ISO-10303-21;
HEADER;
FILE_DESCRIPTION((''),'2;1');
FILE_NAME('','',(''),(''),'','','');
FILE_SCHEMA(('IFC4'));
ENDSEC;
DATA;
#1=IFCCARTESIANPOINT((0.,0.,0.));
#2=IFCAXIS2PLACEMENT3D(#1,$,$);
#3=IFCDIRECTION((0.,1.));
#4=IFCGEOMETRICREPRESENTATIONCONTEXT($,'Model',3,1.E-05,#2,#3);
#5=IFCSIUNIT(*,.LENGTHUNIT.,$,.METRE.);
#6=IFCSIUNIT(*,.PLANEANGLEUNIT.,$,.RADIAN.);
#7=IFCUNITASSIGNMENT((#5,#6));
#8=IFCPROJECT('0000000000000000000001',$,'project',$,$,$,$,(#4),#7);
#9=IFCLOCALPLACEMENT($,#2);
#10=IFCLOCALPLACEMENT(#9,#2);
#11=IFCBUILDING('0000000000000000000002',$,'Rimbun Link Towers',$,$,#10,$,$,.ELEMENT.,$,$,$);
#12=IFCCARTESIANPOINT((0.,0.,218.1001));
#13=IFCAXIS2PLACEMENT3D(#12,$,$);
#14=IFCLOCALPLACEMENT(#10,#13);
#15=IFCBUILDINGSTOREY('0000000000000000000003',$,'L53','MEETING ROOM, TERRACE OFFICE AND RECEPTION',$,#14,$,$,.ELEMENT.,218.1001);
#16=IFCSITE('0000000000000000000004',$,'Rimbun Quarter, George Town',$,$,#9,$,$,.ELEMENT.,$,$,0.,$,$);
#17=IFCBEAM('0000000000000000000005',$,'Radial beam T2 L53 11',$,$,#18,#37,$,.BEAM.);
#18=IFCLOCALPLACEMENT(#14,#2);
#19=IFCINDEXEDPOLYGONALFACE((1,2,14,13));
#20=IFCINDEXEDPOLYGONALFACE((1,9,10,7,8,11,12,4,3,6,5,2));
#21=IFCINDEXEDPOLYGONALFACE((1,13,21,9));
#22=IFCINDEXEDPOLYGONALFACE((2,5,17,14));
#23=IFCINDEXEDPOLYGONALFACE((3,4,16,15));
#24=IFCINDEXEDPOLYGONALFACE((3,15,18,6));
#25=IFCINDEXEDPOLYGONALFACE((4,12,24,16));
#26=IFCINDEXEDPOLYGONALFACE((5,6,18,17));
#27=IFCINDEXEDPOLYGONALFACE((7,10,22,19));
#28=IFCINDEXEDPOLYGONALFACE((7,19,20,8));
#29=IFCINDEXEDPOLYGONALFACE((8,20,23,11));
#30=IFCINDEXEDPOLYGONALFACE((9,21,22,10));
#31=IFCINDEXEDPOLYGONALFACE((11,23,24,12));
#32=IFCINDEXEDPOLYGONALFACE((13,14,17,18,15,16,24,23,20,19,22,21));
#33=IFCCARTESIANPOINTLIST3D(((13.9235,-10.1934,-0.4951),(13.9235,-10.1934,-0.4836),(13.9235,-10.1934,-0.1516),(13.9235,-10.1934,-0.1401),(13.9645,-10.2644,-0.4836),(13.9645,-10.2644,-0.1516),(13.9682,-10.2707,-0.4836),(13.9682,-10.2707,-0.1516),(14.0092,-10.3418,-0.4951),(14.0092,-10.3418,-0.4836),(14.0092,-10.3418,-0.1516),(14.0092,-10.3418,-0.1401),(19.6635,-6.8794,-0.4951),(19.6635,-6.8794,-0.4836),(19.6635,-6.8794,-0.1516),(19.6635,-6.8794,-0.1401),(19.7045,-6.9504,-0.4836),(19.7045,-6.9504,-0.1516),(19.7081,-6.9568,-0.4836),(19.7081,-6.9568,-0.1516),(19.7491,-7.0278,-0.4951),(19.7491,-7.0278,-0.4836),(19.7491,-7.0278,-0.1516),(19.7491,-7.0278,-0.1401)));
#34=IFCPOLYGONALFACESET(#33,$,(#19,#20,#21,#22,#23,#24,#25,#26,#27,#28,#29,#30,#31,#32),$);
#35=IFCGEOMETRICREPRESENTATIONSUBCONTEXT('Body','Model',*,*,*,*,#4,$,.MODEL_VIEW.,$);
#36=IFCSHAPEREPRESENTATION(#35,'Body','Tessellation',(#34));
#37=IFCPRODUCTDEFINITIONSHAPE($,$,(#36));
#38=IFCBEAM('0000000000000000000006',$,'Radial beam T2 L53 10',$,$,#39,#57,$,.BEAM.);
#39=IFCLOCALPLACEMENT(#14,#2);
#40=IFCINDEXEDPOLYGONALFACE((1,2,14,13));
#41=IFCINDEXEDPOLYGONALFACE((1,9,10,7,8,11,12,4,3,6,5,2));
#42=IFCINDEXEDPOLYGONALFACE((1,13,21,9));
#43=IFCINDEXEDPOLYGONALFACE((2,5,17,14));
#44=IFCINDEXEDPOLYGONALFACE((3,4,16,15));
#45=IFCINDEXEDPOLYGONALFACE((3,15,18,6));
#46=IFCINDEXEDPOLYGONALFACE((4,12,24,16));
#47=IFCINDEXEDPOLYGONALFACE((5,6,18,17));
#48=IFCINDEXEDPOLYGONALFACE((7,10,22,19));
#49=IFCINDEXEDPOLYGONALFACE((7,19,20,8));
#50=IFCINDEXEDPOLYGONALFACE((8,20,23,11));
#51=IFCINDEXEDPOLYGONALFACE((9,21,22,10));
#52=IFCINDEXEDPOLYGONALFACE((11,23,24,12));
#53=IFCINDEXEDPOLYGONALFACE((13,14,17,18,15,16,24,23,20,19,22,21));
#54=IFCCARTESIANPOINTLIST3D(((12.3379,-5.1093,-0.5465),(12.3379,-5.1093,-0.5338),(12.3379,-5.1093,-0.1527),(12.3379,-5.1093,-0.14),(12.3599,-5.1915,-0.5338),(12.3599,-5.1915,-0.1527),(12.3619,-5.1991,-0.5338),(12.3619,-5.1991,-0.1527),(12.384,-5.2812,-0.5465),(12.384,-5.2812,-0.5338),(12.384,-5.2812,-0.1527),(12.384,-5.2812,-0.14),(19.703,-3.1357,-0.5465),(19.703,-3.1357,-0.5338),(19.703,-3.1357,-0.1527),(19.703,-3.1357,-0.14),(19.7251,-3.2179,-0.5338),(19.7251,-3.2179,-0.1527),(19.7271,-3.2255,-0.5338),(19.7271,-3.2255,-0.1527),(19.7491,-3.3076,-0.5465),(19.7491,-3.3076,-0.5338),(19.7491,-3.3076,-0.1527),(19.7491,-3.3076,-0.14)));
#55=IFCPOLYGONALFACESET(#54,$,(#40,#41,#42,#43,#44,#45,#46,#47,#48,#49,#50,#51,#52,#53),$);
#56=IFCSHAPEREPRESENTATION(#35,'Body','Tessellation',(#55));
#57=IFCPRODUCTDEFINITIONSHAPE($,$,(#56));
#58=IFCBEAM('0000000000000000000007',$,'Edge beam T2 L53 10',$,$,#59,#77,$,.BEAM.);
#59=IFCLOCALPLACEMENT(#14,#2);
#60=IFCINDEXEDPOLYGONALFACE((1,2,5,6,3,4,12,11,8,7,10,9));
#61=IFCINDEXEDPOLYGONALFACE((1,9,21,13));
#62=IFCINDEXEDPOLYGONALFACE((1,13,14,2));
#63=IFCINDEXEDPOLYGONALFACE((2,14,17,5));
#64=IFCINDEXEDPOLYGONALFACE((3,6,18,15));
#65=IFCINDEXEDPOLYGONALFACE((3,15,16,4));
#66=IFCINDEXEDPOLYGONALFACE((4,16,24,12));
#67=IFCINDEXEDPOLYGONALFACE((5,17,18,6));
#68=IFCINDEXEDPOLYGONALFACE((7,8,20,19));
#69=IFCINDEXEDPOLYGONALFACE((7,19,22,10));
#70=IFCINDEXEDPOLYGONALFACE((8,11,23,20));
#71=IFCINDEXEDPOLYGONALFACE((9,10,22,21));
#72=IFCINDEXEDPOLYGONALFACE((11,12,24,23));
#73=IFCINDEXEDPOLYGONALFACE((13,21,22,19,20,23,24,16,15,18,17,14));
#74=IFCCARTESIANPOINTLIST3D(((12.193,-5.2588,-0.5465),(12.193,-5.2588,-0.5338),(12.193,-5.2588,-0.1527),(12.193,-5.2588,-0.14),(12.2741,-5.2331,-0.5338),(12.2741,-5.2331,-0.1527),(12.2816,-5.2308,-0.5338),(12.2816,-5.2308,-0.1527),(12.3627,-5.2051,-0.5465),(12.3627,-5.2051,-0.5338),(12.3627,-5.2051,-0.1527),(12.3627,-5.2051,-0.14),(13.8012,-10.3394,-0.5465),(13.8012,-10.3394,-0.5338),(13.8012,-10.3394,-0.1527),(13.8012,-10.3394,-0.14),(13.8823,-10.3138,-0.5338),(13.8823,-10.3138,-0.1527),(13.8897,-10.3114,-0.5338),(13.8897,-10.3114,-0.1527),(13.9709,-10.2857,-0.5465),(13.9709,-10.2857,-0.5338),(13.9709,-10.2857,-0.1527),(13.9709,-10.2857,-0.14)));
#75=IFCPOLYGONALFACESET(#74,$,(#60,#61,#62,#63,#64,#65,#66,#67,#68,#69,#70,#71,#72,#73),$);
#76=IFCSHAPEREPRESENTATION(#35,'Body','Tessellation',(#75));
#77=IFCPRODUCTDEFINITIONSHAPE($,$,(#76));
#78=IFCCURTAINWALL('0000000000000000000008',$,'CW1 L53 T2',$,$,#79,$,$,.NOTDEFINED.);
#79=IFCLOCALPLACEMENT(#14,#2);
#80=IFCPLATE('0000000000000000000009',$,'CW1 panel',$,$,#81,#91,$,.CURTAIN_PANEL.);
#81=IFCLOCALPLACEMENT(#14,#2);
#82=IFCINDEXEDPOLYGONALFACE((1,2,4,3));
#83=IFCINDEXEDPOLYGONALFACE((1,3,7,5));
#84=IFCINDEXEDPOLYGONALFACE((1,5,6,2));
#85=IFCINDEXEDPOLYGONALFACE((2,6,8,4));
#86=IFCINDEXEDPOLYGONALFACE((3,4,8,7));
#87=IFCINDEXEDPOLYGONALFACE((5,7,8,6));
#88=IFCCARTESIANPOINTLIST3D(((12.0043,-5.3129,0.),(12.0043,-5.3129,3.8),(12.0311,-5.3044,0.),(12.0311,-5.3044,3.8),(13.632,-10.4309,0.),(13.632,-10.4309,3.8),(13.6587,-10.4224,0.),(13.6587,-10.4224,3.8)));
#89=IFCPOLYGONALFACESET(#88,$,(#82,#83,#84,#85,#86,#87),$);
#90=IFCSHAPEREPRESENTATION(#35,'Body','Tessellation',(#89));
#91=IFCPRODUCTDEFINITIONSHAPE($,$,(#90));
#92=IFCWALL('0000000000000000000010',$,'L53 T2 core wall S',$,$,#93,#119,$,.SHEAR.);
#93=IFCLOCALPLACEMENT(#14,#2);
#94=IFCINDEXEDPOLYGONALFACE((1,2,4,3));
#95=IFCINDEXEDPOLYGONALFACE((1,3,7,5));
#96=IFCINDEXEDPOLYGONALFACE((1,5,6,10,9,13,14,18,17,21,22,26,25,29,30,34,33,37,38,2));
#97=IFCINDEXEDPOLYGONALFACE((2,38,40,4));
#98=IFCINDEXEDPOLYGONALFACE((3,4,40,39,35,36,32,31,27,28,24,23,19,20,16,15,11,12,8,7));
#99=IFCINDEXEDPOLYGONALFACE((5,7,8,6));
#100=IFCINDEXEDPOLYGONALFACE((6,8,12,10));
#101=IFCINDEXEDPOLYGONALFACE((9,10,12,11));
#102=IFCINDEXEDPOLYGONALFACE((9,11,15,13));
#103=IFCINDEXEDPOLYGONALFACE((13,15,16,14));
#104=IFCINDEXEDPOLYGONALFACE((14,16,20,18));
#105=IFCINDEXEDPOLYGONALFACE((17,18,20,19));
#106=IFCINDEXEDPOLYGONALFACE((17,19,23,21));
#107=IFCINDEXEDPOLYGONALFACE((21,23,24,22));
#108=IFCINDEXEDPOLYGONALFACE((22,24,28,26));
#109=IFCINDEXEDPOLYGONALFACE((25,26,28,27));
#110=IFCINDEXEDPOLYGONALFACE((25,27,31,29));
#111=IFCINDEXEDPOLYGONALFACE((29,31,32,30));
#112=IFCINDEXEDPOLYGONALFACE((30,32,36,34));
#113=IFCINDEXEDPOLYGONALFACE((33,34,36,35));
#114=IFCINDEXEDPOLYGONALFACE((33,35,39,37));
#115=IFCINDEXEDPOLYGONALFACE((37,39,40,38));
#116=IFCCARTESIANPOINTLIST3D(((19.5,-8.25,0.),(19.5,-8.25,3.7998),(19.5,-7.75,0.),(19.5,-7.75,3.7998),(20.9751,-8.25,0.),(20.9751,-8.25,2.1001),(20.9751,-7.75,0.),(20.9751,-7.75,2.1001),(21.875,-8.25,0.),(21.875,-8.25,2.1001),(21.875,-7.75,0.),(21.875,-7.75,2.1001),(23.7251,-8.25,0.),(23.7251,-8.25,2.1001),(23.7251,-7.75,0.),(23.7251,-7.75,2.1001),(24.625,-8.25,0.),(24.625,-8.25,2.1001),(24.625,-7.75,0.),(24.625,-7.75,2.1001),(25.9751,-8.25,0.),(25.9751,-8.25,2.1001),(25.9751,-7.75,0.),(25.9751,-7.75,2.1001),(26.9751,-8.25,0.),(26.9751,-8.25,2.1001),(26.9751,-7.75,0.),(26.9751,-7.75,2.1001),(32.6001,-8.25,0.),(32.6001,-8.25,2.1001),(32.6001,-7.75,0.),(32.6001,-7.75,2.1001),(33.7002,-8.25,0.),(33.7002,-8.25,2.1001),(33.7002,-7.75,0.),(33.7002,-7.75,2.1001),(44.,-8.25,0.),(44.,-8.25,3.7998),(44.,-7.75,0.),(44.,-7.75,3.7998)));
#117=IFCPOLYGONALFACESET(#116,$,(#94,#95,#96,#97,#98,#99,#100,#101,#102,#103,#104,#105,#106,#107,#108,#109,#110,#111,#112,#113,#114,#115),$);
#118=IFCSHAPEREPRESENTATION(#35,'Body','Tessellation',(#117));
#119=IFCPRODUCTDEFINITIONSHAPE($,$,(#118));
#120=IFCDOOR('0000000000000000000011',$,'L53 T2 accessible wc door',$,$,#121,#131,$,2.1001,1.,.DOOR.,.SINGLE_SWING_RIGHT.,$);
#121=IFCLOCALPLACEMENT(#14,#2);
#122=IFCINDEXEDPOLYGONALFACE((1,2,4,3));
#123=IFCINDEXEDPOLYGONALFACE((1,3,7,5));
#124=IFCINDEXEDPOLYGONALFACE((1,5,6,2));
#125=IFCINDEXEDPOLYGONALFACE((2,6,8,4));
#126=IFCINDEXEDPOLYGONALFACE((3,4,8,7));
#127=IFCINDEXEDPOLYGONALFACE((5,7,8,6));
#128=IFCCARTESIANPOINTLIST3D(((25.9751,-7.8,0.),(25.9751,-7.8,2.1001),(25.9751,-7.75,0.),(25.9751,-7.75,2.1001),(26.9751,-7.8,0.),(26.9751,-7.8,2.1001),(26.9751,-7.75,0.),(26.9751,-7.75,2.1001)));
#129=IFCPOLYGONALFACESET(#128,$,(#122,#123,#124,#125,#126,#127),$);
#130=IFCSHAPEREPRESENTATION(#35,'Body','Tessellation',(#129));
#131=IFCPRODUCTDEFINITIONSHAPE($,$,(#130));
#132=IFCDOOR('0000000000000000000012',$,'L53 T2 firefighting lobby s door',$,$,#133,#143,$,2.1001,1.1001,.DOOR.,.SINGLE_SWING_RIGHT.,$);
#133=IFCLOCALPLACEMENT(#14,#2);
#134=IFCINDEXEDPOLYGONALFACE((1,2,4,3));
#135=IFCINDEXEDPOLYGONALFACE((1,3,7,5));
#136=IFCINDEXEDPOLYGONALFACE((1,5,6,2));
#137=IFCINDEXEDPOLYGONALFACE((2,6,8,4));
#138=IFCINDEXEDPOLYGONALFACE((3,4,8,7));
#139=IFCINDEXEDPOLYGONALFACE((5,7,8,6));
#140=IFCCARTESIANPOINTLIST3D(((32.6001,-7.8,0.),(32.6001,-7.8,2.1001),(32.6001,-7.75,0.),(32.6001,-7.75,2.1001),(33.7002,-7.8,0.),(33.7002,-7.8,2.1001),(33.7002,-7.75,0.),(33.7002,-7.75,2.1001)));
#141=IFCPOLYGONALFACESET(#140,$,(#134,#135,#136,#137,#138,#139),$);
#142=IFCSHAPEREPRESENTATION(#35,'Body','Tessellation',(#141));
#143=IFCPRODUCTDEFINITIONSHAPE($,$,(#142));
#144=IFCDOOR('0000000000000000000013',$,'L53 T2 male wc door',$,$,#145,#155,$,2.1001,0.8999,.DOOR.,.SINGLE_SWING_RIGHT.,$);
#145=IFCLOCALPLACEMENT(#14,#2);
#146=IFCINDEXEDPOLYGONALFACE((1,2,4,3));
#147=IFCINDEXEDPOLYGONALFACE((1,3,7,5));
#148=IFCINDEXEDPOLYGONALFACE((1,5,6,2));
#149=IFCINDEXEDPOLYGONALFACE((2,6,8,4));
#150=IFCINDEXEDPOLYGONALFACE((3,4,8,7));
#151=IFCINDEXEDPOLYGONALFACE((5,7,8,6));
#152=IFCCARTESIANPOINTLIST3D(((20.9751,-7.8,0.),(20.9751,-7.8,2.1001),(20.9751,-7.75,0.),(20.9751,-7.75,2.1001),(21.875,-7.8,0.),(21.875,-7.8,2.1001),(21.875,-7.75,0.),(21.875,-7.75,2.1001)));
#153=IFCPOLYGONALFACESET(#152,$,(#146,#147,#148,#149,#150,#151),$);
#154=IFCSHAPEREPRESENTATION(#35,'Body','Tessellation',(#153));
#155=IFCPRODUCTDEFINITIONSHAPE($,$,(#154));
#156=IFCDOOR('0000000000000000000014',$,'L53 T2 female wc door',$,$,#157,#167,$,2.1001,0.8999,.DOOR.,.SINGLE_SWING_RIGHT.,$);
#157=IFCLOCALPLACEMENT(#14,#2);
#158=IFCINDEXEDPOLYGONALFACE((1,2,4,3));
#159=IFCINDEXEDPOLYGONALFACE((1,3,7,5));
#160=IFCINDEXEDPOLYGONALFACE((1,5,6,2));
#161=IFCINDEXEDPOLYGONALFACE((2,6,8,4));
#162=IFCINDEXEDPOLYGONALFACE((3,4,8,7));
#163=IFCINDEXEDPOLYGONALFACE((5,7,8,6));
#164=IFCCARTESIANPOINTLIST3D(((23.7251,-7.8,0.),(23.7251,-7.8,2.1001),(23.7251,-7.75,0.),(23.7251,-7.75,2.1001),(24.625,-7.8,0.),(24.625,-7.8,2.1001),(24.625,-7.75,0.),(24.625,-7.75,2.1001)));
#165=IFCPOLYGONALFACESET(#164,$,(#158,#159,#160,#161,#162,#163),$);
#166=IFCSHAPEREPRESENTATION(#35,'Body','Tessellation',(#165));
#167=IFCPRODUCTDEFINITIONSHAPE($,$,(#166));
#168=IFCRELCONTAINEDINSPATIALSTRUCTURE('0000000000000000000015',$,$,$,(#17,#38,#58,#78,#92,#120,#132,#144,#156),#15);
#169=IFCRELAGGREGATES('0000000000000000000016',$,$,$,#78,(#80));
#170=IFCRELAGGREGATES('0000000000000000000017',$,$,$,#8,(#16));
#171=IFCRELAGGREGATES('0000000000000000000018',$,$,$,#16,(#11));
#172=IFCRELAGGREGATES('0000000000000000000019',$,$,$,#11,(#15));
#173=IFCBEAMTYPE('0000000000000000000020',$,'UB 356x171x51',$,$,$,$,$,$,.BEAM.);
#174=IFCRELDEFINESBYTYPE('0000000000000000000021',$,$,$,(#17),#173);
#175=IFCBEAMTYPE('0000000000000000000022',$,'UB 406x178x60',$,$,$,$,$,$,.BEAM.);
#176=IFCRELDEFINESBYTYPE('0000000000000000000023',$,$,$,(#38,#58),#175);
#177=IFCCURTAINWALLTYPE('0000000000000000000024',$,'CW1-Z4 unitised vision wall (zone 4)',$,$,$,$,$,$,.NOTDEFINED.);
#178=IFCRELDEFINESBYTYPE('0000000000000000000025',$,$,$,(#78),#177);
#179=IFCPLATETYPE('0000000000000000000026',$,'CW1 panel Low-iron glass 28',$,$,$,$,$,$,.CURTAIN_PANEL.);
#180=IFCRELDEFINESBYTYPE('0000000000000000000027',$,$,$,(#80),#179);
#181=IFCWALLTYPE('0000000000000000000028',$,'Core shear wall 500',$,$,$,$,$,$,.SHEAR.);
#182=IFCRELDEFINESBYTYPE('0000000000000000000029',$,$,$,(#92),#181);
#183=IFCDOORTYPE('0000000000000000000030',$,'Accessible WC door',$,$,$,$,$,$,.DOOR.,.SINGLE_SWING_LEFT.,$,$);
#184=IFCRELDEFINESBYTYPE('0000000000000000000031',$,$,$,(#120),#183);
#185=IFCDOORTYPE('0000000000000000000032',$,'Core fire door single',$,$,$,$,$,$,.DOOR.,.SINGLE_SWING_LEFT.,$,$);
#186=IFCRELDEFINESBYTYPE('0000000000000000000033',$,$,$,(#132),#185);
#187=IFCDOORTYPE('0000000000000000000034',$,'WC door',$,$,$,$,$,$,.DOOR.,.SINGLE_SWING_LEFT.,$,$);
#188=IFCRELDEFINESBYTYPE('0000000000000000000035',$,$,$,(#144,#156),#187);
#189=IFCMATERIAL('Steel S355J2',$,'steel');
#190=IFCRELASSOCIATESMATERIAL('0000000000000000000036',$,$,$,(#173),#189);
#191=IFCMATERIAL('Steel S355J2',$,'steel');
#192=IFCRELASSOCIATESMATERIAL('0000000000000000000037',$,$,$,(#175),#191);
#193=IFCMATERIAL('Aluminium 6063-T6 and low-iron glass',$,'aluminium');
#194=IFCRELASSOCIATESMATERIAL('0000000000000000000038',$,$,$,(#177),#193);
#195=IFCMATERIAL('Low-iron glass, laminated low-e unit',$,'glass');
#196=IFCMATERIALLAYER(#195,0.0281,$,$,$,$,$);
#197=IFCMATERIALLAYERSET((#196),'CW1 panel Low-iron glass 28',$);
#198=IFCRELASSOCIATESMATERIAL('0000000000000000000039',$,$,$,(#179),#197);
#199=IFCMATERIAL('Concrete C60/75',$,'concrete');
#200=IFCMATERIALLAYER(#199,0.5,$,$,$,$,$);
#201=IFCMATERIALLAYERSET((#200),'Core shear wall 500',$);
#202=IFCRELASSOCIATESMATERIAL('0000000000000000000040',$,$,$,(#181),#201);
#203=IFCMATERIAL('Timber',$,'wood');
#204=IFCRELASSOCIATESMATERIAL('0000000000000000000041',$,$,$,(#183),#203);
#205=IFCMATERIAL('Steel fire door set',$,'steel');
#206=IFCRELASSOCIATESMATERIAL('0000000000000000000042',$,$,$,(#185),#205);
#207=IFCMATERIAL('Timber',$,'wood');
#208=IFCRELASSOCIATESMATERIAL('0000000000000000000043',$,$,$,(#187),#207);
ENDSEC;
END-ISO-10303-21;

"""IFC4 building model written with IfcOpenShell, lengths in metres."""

from ifc_helpers import new_model, si_unit, direction, frame, frame_2d, origin, origin_2d, place, context, subcontext, project, spatial, rectangle, i_section, extrude, material, layer, layer_set, material_profile, profile_set, type_object, element, fill, aggregate, save


model = new_model("IFC4")

# Units and contexts
model_context = context("Model", 3, precision=1e-05, world=origin(), true_north=direction((0.0, 1.0)))
body_context = subcontext(model_context, "Body", "Model", "MODEL_VIEW")
ifc_project = project(units=[si_unit("LENGTHUNIT", "METRE"), si_unit("PLANEANGLEUNIT", "RADIAN")], contexts=[model_context])

# Site, building, storey
site_placement = place(None, origin())
site = spatial("IfcSite", under=ifc_project, at=site_placement, Name="Rimbun Quarter, George Town", CompositionType="ELEMENT", RefElevation=0.0)
building_placement = place(site_placement, origin())
building = spatial("IfcBuilding", under=site, at=building_placement, Name="Rimbun Link Towers", CompositionType="ELEMENT")
storey_placement = place(building_placement, frame((0.0, 0.0, 218.1001)))
storey = spatial("IfcBuildingStorey", under=building, at=storey_placement, Name="L53", Description="MEETING ROOM, TERRACE OFFICE AND RECEPTION", CompositionType="ELEMENT", Elevation=218.1001)

# Beams
ifc_material_1 = material(Name="Steel S355J2", Category="steel")
ifc_material_profile_1 = material_profile(ifc_material_1, i_section(OverallWidth=0.1714, OverallDepth=0.355, WebThickness=0.0073, FlangeThickness=0.0115, at=origin_2d()), Name="UB 356x171x51")
ifc_profile_set_1 = profile_set([ifc_material_profile_1], Name="Steel S355J2")
beam_type_1 = type_object("IfcBeamType", Name="UB 356x171x51", PredefinedType="BEAM", material=ifc_profile_set_1)
beam_1_placement = place(storey_placement, frame((19.7063, -6.9536, -0.3176), z_axis=(-0.866027, -0.499998, 0.0), x_axis=(0.499998, -0.866027, 0.0)))
element("IfcBeam", 1, at=beam_1_placement, inside=storey, type_object=beam_type_1, Name="Radial beam T2 L53 11", PredefinedType="BEAM", context=body_context, shape_type="SweptSolid", body=[
    extrude(i_section(OverallWidth=0.1714, OverallDepth=0.355, WebThickness=0.0073, FlangeThickness=0.0115, at=origin_2d()), origin(), (0.0, 0.0, 1.0), 6.6279),
])
ifc_material_2 = material(Name="Steel S355J2", Category="steel")
ifc_material_profile_2 = material_profile(ifc_material_2, i_section(OverallWidth=0.178, OverallDepth=0.4065, WebThickness=0.0078, FlangeThickness=0.0127, at=origin_2d()), Name="UB 406x178x60")
ifc_profile_set_2 = profile_set([ifc_material_profile_2], Name="Steel S355J2")
beam_type_2 = type_object("IfcBeamType", Name="UB 406x178x60", PredefinedType="BEAM", material=ifc_profile_set_2)
beam_2_placement = place(storey_placement, frame((19.7261, -3.2217, -0.3433), z_axis=(-0.965922, -0.258834, 0.0), x_axis=(0.258834, -0.965922, 0.0)))
element("IfcBeam", 2, at=beam_2_placement, inside=storey, type_object=beam_type_2, Name="Radial beam T2 L53 10", PredefinedType="BEAM", context=body_context, shape_type="SweptSolid", body=[
    extrude(i_section(OverallWidth=0.178, OverallDepth=0.4065, WebThickness=0.0078, FlangeThickness=0.0127, at=origin_2d()), origin(), (0.0, 0.0, 1.0), 7.625),
])
beam_3_placement = place(storey_placement, frame((12.2778, -5.2319, -0.3433), z_axis=(0.301774, -0.95338, 0.0), x_axis=(0.95338, 0.301774, 0.0)))
element("IfcBeam", 3, at=beam_3_placement, inside=storey, type_object=beam_type_2, Name="Edge beam T2 L53 10", PredefinedType="BEAM", context=body_context, shape_type="SweptSolid", body=[
    extrude(i_section(OverallWidth=0.178, OverallDepth=0.4065, WebThickness=0.0078, FlangeThickness=0.0127, at=origin_2d()), origin(), (0.0, 0.0, 1.0), 5.3291),
])

# Curtain wall, plate
ifc_material_3 = material(Name="Aluminium 6063-T6 and low-iron glass", Category="aluminium")
curtain_wall_type = type_object("IfcCurtainWallType", Name="CW1-Z4 unitised vision wall (zone 4)", PredefinedType="NOTDEFINED", material=ifc_material_3)
curtain_wall_placement = place(storey_placement, origin())
curtain_wall = element("IfcCurtainWall", 4, at=curtain_wall_placement, inside=storey, type_object=curtain_wall_type, Name="CW1 L53 T2", PredefinedType="NOTDEFINED")
ifc_material_4 = material(Name="Low-iron glass, laminated low-e unit", Category="glass")
ifc_layer_1 = layer(ifc_material_4, 0.0281)
ifc_layer_set_1 = layer_set([ifc_layer_1], Name="CW1 panel Low-iron glass 28")
plate_type = type_object("IfcPlateType", Name="CW1 panel Low-iron glass 28", PredefinedType="CURTAIN_PANEL", material=ifc_layer_set_1)
plate_placement = place(storey_placement, frame((12.8315, -7.8677, 0.0), z_axis=(0.0, 0.0, 1.0), x_axis=(-0.303068, 0.952969, 0.0)))
plate = element("IfcPlate", 5, at=plate_placement, type_object=plate_type, Name="CW1 panel", PredefinedType="CURTAIN_PANEL", context=body_context, shape_type="SweptSolid", body=[
    extrude(rectangle(XDim=5.3706, YDim=0.0281, at=origin_2d()), origin(), (0.0, 0.0, 1.0), 3.8),
])
aggregate(curtain_wall, [plate])

# Wall, openings, doors
ifc_material_5 = material(Name="Concrete C60/75", Category="concrete")
ifc_layer_2 = layer(ifc_material_5, 0.5)
ifc_layer_set_2 = layer_set([ifc_layer_2], Name="Core shear wall 500")
wall_type_1 = type_object("IfcWallType", Name="Core shear wall 500", PredefinedType="SHEAR", material=ifc_layer_set_2)
wall_1_placement = place(storey_placement, frame((19.5, -8.0, 0.0), z_axis=(0.0, 0.0, 1.0), x_axis=(1.0, 0.0, 0.0)))
wall_1 = element("IfcWall", 6, at=wall_1_placement, inside=storey, type_object=wall_type_1, Name="L53 T2 core wall S", PredefinedType="SHEAR", context=body_context, shape_type="SweptSolid", body=[
    extrude(rectangle(XDim=24.5, YDim=0.5, at=frame_2d((12.25, 0.0))), origin(), (0.0, 0.0, 1.0), 3.7998),
])
opening_1_placement = place(wall_1_placement, frame((13.1001, 0.0, 0.0)))
opening_1 = element("IfcOpeningElement", 7, at=opening_1_placement, cuts=wall_1, PredefinedType="OPENING", context=body_context, shape_type="SweptSolid", body=[
    extrude(rectangle(XDim=1.1001, YDim=2.1001, at=frame_2d((0.55, 1.05))), frame((0.0, 0.26, 0.0), z_axis=(0.0, -1.0, 0.0), x_axis=(1.0, 0.0, 0.0)), (0.0, 0.0, 1.0), 0.52),
])
opening_2_placement = place(wall_1_placement, frame((1.4751, 0.0, 0.0)))
opening_2 = element("IfcOpeningElement", 8, at=opening_2_placement, cuts=wall_1, PredefinedType="OPENING", context=body_context, shape_type="SweptSolid", body=[
    extrude(rectangle(XDim=0.8999, YDim=2.1001, at=frame_2d((0.45, 1.05))), frame((0.0, 0.26, 0.0), z_axis=(0.0, -1.0, 0.0), x_axis=(1.0, 0.0, 0.0)), (0.0, 0.0, 1.0), 0.52),
])
opening_3_placement = place(wall_1_placement, frame((4.2251, 0.0, 0.0)))
opening_3 = element("IfcOpeningElement", 9, at=opening_3_placement, cuts=wall_1, PredefinedType="OPENING", context=body_context, shape_type="SweptSolid", body=[
    extrude(rectangle(XDim=0.8999, YDim=2.1001, at=frame_2d((0.45, 1.05))), frame((0.0, 0.26, 0.0), z_axis=(0.0, -1.0, 0.0), x_axis=(1.0, 0.0, 0.0)), (0.0, 0.0, 1.0), 0.52),
])
opening_4_placement = place(wall_1_placement, frame((6.4751, 0.0, 0.0)))
opening_4 = element("IfcOpeningElement", 10, at=opening_4_placement, cuts=wall_1, PredefinedType="OPENING", context=body_context, shape_type="SweptSolid", body=[
    extrude(rectangle(XDim=1.0, YDim=2.1001, at=frame_2d((0.5, 1.05))), frame((0.0, 0.26, 0.0), z_axis=(0.0, -1.0, 0.0), x_axis=(1.0, 0.0, 0.0)), (0.0, 0.0, 1.0), 0.52),
])
ifc_material_6 = material(Name="Timber", Category="wood")
door_type_1 = type_object("IfcDoorType", Name="Accessible WC door", OperationType="SINGLE_SWING_LEFT", PredefinedType="DOOR", material=ifc_material_6)
door_1_placement = place(opening_4_placement, origin())
door_1 = element("IfcDoor", 11, at=door_1_placement, inside=storey, type_object=door_type_1, Name="L53 T2 accessible wc door", OperationType="SINGLE_SWING_RIGHT", OverallHeight=2.1001, OverallWidth=1.0, PredefinedType="DOOR", context=body_context, shape_type="SweptSolid", body=[
    extrude(rectangle(XDim=1.0, YDim=2.1001, at=frame_2d((0.5, 1.05))), frame((0.0, 0.25, 0.0), z_axis=(0.0, -1.0, 0.0), x_axis=(1.0, 0.0, 0.0)), (0.0, 0.0, 1.0), 0.05),
])
fill(opening_4, door_1)
ifc_material_7 = material(Name="Steel fire door set", Category="steel")
door_type_2 = type_object("IfcDoorType", Name="Core fire door single", OperationType="SINGLE_SWING_LEFT", PredefinedType="DOOR", material=ifc_material_7)
door_2_placement = place(opening_1_placement, origin())
door_2 = element("IfcDoor", 12, at=door_2_placement, inside=storey, type_object=door_type_2, Name="L53 T2 firefighting lobby s door", OperationType="SINGLE_SWING_RIGHT", OverallHeight=2.1001, OverallWidth=1.1001, PredefinedType="DOOR", context=body_context, shape_type="SweptSolid", body=[
    extrude(rectangle(XDim=1.1001, YDim=2.1001, at=frame_2d((0.55, 1.05))), frame((0.0, 0.25, 0.0), z_axis=(0.0, -1.0, 0.0), x_axis=(1.0, 0.0, 0.0)), (0.0, 0.0, 1.0), 0.05),
])
fill(opening_1, door_2)
ifc_material_8 = material(Name="Timber", Category="wood")
door_type_3 = type_object("IfcDoorType", Name="WC door", OperationType="SINGLE_SWING_LEFT", PredefinedType="DOOR", material=ifc_material_8)
door_3_placement = place(opening_2_placement, origin())
door_3 = element("IfcDoor", 13, at=door_3_placement, inside=storey, type_object=door_type_3, Name="L53 T2 male wc door", OperationType="SINGLE_SWING_RIGHT", OverallHeight=2.1001, OverallWidth=0.8999, PredefinedType="DOOR", context=body_context, shape_type="SweptSolid", body=[
    extrude(rectangle(XDim=0.8999, YDim=2.1001, at=frame_2d((0.45, 1.05))), frame((0.0, 0.25, 0.0), z_axis=(0.0, -1.0, 0.0), x_axis=(1.0, 0.0, 0.0)), (0.0, 0.0, 1.0), 0.05),
])
fill(opening_2, door_3)
door_4_placement = place(opening_3_placement, origin())
door_4 = element("IfcDoor", 14, at=door_4_placement, inside=storey, type_object=door_type_3, Name="L53 T2 female wc door", OperationType="SINGLE_SWING_RIGHT", OverallHeight=2.1001, OverallWidth=0.8999, PredefinedType="DOOR", context=body_context, shape_type="SweptSolid", body=[
    extrude(rectangle(XDim=0.8999, YDim=2.1001, at=frame_2d((0.45, 1.05))), frame((0.0, 0.25, 0.0), z_axis=(0.0, -1.0, 0.0), x_axis=(1.0, 0.0, 0.0)), (0.0, 0.0, 1.0), 0.05),
])
fill(opening_3, door_4)

save(model, "model.ifc")
